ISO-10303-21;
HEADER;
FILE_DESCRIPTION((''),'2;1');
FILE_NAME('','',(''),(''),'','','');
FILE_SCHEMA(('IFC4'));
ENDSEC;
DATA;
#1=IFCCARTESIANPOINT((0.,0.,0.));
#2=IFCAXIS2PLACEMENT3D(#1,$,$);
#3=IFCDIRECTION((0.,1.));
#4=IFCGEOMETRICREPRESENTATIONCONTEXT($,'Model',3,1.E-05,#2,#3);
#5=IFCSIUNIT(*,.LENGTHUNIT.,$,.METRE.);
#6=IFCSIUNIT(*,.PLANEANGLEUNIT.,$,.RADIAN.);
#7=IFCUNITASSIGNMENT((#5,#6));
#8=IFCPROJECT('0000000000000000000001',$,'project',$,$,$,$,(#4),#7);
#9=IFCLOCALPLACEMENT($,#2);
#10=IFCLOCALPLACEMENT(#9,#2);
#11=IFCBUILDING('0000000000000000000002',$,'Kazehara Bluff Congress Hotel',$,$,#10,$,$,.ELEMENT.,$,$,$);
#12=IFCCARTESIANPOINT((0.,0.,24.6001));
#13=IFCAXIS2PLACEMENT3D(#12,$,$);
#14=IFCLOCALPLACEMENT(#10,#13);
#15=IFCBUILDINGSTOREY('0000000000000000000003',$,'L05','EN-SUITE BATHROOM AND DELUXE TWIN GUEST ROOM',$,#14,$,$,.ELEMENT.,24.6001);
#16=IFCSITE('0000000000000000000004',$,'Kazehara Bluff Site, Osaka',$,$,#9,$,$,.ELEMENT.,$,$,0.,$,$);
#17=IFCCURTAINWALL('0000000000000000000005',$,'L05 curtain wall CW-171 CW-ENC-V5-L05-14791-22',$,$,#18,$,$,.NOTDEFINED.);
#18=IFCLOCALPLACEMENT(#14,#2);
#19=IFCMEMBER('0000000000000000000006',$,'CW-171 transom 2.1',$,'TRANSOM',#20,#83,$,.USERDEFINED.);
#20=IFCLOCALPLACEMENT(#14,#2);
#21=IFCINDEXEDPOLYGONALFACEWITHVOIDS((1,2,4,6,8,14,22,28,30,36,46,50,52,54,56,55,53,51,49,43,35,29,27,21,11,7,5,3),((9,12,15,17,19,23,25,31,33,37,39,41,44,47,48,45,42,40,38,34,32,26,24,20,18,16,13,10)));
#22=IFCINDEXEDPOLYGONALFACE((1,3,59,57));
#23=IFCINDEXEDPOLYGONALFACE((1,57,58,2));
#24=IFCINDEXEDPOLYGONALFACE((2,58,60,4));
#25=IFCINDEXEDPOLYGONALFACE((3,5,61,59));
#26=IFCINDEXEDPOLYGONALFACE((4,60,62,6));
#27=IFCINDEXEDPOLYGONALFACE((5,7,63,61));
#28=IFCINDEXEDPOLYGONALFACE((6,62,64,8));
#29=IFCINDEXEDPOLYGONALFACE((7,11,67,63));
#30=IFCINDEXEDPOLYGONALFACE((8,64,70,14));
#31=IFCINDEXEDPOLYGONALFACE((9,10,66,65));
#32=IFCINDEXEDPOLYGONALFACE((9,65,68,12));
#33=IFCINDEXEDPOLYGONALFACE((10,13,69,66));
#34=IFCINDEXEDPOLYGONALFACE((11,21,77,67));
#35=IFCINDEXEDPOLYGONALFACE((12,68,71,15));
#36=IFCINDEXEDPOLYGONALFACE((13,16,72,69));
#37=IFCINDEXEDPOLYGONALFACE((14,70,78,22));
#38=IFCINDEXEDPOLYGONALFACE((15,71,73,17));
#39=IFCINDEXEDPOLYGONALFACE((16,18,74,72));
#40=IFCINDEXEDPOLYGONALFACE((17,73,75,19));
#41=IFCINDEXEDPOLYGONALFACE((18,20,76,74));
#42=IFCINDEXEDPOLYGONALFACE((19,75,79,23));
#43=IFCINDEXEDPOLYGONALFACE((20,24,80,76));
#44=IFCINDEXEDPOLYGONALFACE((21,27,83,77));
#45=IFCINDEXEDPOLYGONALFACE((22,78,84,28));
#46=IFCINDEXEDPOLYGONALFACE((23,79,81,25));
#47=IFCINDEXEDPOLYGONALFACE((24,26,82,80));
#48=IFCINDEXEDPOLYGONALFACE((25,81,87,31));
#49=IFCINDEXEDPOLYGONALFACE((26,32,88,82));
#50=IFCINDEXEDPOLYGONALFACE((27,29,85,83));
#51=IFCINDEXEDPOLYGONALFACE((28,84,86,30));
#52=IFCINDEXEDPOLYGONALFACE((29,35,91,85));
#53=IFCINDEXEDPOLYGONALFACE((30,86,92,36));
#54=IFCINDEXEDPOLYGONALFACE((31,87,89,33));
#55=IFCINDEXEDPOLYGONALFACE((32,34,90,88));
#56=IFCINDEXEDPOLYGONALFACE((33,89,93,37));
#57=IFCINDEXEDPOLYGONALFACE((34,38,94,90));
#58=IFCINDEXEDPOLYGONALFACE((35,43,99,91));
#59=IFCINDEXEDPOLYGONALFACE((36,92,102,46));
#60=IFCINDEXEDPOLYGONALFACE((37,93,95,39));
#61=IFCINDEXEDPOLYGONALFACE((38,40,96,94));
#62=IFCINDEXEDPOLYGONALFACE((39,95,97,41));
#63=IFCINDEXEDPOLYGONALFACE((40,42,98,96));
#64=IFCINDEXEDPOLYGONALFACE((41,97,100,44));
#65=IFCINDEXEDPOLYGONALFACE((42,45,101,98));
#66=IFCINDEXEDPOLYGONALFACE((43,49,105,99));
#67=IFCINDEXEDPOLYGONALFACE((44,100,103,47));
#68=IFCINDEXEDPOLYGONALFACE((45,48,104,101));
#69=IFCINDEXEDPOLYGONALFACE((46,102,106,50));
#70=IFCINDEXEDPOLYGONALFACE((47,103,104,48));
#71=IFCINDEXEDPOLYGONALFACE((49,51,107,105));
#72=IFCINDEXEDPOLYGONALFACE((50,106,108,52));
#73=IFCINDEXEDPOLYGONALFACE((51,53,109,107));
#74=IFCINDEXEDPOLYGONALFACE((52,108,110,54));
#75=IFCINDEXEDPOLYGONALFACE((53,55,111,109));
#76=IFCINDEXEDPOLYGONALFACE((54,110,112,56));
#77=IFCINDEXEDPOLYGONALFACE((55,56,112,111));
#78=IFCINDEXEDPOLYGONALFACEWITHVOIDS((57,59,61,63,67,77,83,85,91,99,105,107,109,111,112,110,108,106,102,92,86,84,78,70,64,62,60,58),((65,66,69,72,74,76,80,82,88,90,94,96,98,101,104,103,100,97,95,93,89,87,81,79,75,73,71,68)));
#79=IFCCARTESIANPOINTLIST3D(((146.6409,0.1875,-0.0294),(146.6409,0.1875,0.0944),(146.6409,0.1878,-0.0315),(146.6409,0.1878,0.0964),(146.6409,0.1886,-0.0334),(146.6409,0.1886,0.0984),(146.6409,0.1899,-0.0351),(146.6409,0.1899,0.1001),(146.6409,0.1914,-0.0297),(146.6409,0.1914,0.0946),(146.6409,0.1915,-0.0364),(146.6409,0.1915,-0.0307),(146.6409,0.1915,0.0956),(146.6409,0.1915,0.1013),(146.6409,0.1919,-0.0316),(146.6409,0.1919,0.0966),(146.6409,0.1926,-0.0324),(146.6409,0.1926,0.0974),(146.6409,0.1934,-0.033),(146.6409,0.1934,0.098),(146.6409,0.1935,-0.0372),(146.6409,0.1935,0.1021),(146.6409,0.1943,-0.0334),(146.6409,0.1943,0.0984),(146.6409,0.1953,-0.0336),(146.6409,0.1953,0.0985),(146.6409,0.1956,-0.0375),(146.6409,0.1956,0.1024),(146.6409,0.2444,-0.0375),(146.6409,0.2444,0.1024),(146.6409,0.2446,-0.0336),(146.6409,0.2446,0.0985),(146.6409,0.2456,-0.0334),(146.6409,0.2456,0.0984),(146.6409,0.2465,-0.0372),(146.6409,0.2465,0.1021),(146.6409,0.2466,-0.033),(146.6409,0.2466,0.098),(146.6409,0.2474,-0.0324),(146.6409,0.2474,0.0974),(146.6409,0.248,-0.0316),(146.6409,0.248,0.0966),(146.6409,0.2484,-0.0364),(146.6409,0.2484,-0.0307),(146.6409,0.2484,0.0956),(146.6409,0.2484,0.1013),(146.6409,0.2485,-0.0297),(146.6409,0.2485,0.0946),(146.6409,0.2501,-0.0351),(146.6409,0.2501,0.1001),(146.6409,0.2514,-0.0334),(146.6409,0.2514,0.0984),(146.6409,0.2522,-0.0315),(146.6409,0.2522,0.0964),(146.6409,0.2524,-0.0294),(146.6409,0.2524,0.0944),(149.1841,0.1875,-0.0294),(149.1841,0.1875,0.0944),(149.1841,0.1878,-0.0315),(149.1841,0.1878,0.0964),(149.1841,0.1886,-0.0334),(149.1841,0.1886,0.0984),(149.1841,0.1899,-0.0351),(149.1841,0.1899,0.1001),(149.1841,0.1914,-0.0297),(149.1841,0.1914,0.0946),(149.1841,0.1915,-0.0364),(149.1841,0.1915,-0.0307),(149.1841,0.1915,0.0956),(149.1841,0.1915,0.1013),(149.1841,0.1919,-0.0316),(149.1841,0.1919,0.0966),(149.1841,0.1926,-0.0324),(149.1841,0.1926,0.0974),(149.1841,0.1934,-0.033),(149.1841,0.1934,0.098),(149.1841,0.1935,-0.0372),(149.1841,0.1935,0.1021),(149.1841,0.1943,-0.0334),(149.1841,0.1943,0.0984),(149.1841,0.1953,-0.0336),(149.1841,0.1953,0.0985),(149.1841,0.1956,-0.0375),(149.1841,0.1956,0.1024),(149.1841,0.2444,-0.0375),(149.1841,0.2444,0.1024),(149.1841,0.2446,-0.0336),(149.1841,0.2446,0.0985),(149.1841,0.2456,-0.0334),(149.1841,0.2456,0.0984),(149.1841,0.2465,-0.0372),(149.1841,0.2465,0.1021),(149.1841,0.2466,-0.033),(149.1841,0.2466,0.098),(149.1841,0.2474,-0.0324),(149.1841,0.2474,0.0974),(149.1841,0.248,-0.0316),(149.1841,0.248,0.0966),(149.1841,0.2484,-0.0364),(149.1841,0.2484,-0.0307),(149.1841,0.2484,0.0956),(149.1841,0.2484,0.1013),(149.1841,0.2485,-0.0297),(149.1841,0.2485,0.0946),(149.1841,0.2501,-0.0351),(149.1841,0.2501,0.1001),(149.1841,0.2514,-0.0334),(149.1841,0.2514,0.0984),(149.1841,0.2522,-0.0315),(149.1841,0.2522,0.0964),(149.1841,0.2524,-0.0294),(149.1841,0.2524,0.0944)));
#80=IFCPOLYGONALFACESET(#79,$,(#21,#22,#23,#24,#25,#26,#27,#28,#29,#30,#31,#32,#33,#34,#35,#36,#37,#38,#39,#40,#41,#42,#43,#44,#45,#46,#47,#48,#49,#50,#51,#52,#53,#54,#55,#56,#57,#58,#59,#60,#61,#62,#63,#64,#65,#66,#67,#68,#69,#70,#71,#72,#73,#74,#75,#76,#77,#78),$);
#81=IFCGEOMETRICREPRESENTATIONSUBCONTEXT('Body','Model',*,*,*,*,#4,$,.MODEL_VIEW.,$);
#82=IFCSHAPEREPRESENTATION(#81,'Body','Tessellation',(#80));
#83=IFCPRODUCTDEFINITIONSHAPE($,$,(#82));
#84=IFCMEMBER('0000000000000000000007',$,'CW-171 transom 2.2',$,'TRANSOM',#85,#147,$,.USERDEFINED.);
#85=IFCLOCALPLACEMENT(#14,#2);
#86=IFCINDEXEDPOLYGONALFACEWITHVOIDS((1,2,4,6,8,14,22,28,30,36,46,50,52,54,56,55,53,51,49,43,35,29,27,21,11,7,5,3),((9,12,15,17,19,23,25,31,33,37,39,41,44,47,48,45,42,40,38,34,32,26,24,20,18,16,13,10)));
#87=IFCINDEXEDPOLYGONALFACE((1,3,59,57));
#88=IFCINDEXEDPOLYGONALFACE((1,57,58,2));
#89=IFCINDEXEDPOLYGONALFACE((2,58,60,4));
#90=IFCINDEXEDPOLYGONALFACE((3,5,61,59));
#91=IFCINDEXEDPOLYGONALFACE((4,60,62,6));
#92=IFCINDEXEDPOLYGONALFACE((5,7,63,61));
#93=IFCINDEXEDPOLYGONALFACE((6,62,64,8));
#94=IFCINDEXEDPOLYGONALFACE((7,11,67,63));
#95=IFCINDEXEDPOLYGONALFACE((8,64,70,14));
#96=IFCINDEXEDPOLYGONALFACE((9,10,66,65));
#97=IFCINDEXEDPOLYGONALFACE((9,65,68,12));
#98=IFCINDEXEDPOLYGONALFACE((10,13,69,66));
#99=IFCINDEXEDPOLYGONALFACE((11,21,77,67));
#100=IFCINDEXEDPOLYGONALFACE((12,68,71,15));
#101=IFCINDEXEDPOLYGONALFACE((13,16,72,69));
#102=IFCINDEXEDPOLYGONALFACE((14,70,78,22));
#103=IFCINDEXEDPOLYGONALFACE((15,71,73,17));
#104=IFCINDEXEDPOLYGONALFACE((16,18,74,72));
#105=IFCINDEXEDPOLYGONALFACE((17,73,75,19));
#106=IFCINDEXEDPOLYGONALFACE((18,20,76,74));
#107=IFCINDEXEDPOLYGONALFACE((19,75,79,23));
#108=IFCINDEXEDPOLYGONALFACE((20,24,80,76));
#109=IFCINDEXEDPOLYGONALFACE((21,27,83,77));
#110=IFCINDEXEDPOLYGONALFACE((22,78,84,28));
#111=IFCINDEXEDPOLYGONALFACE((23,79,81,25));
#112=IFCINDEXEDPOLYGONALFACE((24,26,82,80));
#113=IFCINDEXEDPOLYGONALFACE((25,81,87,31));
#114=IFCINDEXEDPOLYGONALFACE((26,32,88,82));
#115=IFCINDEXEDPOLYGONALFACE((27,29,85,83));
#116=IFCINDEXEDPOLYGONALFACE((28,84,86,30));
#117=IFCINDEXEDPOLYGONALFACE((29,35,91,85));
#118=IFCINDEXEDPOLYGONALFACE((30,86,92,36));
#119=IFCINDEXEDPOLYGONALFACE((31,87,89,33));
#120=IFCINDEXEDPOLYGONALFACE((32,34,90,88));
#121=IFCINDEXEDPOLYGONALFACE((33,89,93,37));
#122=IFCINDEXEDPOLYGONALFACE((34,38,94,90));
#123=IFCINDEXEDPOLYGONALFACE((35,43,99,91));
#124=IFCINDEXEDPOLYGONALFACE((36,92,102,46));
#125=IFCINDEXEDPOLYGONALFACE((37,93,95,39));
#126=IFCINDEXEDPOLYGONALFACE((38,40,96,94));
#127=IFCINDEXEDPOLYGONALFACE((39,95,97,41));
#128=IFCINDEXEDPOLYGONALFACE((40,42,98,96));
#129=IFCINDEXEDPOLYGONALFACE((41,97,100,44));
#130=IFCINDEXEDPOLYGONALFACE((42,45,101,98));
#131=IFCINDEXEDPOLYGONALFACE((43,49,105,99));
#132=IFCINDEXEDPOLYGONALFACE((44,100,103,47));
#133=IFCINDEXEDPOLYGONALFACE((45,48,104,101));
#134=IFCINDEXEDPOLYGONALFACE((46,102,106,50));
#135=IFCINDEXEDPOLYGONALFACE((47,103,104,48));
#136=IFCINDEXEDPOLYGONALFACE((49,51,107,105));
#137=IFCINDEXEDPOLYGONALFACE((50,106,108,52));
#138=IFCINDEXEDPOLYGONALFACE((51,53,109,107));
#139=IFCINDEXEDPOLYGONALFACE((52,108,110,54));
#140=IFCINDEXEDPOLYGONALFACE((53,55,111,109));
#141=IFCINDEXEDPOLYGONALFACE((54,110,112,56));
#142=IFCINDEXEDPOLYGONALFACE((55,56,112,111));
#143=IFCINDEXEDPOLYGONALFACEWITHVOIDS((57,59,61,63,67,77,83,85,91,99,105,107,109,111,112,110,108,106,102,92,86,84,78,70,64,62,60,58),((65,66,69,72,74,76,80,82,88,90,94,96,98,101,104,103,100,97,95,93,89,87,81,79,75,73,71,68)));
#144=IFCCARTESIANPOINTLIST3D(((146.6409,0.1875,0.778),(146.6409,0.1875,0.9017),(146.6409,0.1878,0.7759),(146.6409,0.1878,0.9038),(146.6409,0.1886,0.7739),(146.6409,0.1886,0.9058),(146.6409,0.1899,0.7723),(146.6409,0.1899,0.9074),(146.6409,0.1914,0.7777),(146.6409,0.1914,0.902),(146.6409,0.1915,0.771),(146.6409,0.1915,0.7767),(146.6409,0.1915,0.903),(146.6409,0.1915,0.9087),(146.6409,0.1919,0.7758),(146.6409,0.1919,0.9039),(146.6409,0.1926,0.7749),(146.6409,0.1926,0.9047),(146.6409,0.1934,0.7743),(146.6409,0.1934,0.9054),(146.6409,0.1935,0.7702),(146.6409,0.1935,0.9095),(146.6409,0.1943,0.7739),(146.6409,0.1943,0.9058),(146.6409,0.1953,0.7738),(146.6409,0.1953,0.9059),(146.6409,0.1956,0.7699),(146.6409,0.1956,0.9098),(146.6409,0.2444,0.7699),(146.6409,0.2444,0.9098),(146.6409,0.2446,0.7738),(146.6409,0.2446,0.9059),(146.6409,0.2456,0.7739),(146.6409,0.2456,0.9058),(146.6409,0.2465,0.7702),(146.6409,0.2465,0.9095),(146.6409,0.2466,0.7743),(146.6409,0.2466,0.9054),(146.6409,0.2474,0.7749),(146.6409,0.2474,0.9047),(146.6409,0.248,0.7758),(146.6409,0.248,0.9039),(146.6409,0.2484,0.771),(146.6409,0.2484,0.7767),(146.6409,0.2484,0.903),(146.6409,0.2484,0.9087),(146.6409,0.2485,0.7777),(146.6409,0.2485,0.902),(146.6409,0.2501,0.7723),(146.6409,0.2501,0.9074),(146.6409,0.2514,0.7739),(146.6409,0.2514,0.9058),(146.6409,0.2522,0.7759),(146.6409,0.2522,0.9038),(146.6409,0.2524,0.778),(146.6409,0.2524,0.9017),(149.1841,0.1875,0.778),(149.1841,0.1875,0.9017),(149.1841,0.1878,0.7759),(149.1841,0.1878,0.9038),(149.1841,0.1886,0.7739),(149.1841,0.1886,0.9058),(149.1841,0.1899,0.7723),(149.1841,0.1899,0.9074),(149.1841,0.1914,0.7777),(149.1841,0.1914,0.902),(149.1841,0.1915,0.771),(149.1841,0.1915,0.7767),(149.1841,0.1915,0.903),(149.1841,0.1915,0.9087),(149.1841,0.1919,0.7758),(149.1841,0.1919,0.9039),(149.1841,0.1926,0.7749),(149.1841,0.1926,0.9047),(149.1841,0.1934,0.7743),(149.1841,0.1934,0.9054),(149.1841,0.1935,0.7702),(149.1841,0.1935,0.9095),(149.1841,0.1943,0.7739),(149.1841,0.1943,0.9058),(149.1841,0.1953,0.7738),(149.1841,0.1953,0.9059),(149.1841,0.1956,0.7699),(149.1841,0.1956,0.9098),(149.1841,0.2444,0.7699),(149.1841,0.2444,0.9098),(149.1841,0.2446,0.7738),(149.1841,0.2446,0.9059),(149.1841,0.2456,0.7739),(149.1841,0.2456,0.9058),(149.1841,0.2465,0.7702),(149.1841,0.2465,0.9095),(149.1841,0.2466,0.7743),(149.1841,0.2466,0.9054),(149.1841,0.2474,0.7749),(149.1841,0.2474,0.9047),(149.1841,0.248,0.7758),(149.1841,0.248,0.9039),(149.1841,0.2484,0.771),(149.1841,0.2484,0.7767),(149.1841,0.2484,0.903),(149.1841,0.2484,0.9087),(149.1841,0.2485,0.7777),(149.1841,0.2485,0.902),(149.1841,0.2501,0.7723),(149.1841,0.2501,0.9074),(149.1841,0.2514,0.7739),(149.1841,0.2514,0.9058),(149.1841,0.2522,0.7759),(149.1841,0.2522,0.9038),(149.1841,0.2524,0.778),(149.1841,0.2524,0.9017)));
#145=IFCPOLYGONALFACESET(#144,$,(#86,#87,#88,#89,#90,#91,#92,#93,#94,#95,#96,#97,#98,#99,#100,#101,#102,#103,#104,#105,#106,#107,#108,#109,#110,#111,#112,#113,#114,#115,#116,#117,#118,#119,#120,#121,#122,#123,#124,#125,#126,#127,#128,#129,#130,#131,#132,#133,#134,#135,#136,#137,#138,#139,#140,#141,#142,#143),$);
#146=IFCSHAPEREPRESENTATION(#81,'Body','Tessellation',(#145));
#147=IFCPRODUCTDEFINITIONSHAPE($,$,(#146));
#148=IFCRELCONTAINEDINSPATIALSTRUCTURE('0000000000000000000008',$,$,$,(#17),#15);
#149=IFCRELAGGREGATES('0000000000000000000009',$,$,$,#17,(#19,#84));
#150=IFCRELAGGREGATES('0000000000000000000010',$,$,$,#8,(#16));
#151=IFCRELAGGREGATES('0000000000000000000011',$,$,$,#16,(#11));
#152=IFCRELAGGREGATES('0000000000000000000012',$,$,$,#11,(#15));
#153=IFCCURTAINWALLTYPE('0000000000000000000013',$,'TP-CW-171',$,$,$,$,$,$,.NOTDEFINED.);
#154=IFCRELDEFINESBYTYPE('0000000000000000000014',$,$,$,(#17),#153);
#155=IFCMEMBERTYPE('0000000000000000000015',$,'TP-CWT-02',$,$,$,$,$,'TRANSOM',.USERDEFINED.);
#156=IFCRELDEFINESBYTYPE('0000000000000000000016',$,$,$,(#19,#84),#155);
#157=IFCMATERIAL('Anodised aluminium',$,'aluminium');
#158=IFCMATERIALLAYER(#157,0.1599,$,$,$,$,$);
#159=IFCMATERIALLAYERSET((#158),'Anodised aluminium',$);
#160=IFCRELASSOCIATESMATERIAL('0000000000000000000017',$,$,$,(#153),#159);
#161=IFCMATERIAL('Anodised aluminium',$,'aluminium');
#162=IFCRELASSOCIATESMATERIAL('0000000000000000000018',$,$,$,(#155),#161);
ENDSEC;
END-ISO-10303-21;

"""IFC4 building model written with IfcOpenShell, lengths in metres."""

from ifc_helpers import new_model, si_unit, direction, frame, origin, origin_2d, place, context, subcontext, project, spatial, hollow_rectangle, extrude, material, layer, layer_set, material_profile, profile_set, type_object, element, aggregate, save


model = new_model("IFC4")

# Units and contexts
model_context = context("Model", 3, precision=1e-05, world=origin(), true_north=direction((0.0, 1.0)))
body_context = subcontext(model_context, "Body", "Model", "MODEL_VIEW")
ifc_project = project(units=[si_unit("LENGTHUNIT", "METRE"), si_unit("PLANEANGLEUNIT", "RADIAN")], contexts=[model_context])

# Site, building, storey
site_placement = place(None, origin())
site = spatial("IfcSite", under=ifc_project, at=site_placement, Name="Kazehara Bluff Site, Osaka", CompositionType="ELEMENT", RefElevation=0.0)
building_placement = place(site_placement, origin())
building = spatial("IfcBuilding", under=site, at=building_placement, Name="Kazehara Bluff Congress Hotel", CompositionType="ELEMENT")
storey_placement = place(building_placement, frame((0.0, 0.0, 24.6001)))
storey = spatial("IfcBuildingStorey", under=building, at=storey_placement, Name="L05", Description="EN-SUITE BATHROOM AND DELUXE TWIN GUEST ROOM", CompositionType="ELEMENT", Elevation=24.6001)

# Curtain wall, members
ifc_material_1 = material(Name="Anodised aluminium", Category="aluminium")
ifc_layer_1 = layer(ifc_material_1, 0.1599)
ifc_layer_set_1 = layer_set([ifc_layer_1], Name="Anodised aluminium")
curtain_wall_type = type_object("IfcCurtainWallType", Name="TP-CW-171", PredefinedType="NOTDEFINED", material=ifc_layer_set_1)
curtain_wall_placement = place(storey_placement, origin())
curtain_wall = element("IfcCurtainWall", 1, at=curtain_wall_placement, inside=storey, type_object=curtain_wall_type, Name="L05 curtain wall CW-171 CW-ENC-V5-L05-14791-22", PredefinedType="NOTDEFINED")
ifc_material_2 = material(Name="Anodised aluminium", Category="aluminium")
ifc_material_profile_1 = material_profile(ifc_material_2, hollow_rectangle(XDim=0.0649, YDim=0.1399, WallThickness=0.0039, InnerFilletRadius=0.0039, OuterFilletRadius=0.0081, at=origin_2d()))
ifc_profile_set_1 = profile_set([ifc_material_profile_1], Name="Anodised aluminium")
member_type_1 = type_object("IfcMemberType", Name="TP-CWT-02", ElementType="TRANSOM", PredefinedType="USERDEFINED", material=ifc_profile_set_1)
member_1_placement = place(storey_placement, frame((149.1841, 0.22, 0.0325), z_axis=(-1.0, 0.0, 0.0), x_axis=(0.0, -1.0, 0.0)))
member_1 = element("IfcMember", 2, at=member_1_placement, type_object=member_type_1, Name="CW-171 transom 2.1", ObjectType="TRANSOM", PredefinedType="USERDEFINED", context=body_context, shape_type="SweptSolid", body=[
    extrude(hollow_rectangle(XDim=0.0649, YDim=0.1399, WallThickness=0.0039, InnerFilletRadius=0.0039, OuterFilletRadius=0.0081, at=origin_2d()), origin(), (0.0, 0.0, 1.0), 2.5432),
])
member_2_placement = place(storey_placement, frame((149.1841, 0.22, 0.8398), z_axis=(-1.0, 0.0, 0.0), x_axis=(0.0, -1.0, 0.0)))
member_2 = element("IfcMember", 3, at=member_2_placement, type_object=member_type_1, Name="CW-171 transom 2.2", ObjectType="TRANSOM", PredefinedType="USERDEFINED", context=body_context, shape_type="SweptSolid", body=[
    extrude(hollow_rectangle(XDim=0.0649, YDim=0.1399, WallThickness=0.0039, InnerFilletRadius=0.0039, OuterFilletRadius=0.0081, at=origin_2d()), origin(), (0.0, 0.0, 1.0), 2.5432),
])
aggregate(curtain_wall, [member_1, member_2])

save(model, "model.ifc")
